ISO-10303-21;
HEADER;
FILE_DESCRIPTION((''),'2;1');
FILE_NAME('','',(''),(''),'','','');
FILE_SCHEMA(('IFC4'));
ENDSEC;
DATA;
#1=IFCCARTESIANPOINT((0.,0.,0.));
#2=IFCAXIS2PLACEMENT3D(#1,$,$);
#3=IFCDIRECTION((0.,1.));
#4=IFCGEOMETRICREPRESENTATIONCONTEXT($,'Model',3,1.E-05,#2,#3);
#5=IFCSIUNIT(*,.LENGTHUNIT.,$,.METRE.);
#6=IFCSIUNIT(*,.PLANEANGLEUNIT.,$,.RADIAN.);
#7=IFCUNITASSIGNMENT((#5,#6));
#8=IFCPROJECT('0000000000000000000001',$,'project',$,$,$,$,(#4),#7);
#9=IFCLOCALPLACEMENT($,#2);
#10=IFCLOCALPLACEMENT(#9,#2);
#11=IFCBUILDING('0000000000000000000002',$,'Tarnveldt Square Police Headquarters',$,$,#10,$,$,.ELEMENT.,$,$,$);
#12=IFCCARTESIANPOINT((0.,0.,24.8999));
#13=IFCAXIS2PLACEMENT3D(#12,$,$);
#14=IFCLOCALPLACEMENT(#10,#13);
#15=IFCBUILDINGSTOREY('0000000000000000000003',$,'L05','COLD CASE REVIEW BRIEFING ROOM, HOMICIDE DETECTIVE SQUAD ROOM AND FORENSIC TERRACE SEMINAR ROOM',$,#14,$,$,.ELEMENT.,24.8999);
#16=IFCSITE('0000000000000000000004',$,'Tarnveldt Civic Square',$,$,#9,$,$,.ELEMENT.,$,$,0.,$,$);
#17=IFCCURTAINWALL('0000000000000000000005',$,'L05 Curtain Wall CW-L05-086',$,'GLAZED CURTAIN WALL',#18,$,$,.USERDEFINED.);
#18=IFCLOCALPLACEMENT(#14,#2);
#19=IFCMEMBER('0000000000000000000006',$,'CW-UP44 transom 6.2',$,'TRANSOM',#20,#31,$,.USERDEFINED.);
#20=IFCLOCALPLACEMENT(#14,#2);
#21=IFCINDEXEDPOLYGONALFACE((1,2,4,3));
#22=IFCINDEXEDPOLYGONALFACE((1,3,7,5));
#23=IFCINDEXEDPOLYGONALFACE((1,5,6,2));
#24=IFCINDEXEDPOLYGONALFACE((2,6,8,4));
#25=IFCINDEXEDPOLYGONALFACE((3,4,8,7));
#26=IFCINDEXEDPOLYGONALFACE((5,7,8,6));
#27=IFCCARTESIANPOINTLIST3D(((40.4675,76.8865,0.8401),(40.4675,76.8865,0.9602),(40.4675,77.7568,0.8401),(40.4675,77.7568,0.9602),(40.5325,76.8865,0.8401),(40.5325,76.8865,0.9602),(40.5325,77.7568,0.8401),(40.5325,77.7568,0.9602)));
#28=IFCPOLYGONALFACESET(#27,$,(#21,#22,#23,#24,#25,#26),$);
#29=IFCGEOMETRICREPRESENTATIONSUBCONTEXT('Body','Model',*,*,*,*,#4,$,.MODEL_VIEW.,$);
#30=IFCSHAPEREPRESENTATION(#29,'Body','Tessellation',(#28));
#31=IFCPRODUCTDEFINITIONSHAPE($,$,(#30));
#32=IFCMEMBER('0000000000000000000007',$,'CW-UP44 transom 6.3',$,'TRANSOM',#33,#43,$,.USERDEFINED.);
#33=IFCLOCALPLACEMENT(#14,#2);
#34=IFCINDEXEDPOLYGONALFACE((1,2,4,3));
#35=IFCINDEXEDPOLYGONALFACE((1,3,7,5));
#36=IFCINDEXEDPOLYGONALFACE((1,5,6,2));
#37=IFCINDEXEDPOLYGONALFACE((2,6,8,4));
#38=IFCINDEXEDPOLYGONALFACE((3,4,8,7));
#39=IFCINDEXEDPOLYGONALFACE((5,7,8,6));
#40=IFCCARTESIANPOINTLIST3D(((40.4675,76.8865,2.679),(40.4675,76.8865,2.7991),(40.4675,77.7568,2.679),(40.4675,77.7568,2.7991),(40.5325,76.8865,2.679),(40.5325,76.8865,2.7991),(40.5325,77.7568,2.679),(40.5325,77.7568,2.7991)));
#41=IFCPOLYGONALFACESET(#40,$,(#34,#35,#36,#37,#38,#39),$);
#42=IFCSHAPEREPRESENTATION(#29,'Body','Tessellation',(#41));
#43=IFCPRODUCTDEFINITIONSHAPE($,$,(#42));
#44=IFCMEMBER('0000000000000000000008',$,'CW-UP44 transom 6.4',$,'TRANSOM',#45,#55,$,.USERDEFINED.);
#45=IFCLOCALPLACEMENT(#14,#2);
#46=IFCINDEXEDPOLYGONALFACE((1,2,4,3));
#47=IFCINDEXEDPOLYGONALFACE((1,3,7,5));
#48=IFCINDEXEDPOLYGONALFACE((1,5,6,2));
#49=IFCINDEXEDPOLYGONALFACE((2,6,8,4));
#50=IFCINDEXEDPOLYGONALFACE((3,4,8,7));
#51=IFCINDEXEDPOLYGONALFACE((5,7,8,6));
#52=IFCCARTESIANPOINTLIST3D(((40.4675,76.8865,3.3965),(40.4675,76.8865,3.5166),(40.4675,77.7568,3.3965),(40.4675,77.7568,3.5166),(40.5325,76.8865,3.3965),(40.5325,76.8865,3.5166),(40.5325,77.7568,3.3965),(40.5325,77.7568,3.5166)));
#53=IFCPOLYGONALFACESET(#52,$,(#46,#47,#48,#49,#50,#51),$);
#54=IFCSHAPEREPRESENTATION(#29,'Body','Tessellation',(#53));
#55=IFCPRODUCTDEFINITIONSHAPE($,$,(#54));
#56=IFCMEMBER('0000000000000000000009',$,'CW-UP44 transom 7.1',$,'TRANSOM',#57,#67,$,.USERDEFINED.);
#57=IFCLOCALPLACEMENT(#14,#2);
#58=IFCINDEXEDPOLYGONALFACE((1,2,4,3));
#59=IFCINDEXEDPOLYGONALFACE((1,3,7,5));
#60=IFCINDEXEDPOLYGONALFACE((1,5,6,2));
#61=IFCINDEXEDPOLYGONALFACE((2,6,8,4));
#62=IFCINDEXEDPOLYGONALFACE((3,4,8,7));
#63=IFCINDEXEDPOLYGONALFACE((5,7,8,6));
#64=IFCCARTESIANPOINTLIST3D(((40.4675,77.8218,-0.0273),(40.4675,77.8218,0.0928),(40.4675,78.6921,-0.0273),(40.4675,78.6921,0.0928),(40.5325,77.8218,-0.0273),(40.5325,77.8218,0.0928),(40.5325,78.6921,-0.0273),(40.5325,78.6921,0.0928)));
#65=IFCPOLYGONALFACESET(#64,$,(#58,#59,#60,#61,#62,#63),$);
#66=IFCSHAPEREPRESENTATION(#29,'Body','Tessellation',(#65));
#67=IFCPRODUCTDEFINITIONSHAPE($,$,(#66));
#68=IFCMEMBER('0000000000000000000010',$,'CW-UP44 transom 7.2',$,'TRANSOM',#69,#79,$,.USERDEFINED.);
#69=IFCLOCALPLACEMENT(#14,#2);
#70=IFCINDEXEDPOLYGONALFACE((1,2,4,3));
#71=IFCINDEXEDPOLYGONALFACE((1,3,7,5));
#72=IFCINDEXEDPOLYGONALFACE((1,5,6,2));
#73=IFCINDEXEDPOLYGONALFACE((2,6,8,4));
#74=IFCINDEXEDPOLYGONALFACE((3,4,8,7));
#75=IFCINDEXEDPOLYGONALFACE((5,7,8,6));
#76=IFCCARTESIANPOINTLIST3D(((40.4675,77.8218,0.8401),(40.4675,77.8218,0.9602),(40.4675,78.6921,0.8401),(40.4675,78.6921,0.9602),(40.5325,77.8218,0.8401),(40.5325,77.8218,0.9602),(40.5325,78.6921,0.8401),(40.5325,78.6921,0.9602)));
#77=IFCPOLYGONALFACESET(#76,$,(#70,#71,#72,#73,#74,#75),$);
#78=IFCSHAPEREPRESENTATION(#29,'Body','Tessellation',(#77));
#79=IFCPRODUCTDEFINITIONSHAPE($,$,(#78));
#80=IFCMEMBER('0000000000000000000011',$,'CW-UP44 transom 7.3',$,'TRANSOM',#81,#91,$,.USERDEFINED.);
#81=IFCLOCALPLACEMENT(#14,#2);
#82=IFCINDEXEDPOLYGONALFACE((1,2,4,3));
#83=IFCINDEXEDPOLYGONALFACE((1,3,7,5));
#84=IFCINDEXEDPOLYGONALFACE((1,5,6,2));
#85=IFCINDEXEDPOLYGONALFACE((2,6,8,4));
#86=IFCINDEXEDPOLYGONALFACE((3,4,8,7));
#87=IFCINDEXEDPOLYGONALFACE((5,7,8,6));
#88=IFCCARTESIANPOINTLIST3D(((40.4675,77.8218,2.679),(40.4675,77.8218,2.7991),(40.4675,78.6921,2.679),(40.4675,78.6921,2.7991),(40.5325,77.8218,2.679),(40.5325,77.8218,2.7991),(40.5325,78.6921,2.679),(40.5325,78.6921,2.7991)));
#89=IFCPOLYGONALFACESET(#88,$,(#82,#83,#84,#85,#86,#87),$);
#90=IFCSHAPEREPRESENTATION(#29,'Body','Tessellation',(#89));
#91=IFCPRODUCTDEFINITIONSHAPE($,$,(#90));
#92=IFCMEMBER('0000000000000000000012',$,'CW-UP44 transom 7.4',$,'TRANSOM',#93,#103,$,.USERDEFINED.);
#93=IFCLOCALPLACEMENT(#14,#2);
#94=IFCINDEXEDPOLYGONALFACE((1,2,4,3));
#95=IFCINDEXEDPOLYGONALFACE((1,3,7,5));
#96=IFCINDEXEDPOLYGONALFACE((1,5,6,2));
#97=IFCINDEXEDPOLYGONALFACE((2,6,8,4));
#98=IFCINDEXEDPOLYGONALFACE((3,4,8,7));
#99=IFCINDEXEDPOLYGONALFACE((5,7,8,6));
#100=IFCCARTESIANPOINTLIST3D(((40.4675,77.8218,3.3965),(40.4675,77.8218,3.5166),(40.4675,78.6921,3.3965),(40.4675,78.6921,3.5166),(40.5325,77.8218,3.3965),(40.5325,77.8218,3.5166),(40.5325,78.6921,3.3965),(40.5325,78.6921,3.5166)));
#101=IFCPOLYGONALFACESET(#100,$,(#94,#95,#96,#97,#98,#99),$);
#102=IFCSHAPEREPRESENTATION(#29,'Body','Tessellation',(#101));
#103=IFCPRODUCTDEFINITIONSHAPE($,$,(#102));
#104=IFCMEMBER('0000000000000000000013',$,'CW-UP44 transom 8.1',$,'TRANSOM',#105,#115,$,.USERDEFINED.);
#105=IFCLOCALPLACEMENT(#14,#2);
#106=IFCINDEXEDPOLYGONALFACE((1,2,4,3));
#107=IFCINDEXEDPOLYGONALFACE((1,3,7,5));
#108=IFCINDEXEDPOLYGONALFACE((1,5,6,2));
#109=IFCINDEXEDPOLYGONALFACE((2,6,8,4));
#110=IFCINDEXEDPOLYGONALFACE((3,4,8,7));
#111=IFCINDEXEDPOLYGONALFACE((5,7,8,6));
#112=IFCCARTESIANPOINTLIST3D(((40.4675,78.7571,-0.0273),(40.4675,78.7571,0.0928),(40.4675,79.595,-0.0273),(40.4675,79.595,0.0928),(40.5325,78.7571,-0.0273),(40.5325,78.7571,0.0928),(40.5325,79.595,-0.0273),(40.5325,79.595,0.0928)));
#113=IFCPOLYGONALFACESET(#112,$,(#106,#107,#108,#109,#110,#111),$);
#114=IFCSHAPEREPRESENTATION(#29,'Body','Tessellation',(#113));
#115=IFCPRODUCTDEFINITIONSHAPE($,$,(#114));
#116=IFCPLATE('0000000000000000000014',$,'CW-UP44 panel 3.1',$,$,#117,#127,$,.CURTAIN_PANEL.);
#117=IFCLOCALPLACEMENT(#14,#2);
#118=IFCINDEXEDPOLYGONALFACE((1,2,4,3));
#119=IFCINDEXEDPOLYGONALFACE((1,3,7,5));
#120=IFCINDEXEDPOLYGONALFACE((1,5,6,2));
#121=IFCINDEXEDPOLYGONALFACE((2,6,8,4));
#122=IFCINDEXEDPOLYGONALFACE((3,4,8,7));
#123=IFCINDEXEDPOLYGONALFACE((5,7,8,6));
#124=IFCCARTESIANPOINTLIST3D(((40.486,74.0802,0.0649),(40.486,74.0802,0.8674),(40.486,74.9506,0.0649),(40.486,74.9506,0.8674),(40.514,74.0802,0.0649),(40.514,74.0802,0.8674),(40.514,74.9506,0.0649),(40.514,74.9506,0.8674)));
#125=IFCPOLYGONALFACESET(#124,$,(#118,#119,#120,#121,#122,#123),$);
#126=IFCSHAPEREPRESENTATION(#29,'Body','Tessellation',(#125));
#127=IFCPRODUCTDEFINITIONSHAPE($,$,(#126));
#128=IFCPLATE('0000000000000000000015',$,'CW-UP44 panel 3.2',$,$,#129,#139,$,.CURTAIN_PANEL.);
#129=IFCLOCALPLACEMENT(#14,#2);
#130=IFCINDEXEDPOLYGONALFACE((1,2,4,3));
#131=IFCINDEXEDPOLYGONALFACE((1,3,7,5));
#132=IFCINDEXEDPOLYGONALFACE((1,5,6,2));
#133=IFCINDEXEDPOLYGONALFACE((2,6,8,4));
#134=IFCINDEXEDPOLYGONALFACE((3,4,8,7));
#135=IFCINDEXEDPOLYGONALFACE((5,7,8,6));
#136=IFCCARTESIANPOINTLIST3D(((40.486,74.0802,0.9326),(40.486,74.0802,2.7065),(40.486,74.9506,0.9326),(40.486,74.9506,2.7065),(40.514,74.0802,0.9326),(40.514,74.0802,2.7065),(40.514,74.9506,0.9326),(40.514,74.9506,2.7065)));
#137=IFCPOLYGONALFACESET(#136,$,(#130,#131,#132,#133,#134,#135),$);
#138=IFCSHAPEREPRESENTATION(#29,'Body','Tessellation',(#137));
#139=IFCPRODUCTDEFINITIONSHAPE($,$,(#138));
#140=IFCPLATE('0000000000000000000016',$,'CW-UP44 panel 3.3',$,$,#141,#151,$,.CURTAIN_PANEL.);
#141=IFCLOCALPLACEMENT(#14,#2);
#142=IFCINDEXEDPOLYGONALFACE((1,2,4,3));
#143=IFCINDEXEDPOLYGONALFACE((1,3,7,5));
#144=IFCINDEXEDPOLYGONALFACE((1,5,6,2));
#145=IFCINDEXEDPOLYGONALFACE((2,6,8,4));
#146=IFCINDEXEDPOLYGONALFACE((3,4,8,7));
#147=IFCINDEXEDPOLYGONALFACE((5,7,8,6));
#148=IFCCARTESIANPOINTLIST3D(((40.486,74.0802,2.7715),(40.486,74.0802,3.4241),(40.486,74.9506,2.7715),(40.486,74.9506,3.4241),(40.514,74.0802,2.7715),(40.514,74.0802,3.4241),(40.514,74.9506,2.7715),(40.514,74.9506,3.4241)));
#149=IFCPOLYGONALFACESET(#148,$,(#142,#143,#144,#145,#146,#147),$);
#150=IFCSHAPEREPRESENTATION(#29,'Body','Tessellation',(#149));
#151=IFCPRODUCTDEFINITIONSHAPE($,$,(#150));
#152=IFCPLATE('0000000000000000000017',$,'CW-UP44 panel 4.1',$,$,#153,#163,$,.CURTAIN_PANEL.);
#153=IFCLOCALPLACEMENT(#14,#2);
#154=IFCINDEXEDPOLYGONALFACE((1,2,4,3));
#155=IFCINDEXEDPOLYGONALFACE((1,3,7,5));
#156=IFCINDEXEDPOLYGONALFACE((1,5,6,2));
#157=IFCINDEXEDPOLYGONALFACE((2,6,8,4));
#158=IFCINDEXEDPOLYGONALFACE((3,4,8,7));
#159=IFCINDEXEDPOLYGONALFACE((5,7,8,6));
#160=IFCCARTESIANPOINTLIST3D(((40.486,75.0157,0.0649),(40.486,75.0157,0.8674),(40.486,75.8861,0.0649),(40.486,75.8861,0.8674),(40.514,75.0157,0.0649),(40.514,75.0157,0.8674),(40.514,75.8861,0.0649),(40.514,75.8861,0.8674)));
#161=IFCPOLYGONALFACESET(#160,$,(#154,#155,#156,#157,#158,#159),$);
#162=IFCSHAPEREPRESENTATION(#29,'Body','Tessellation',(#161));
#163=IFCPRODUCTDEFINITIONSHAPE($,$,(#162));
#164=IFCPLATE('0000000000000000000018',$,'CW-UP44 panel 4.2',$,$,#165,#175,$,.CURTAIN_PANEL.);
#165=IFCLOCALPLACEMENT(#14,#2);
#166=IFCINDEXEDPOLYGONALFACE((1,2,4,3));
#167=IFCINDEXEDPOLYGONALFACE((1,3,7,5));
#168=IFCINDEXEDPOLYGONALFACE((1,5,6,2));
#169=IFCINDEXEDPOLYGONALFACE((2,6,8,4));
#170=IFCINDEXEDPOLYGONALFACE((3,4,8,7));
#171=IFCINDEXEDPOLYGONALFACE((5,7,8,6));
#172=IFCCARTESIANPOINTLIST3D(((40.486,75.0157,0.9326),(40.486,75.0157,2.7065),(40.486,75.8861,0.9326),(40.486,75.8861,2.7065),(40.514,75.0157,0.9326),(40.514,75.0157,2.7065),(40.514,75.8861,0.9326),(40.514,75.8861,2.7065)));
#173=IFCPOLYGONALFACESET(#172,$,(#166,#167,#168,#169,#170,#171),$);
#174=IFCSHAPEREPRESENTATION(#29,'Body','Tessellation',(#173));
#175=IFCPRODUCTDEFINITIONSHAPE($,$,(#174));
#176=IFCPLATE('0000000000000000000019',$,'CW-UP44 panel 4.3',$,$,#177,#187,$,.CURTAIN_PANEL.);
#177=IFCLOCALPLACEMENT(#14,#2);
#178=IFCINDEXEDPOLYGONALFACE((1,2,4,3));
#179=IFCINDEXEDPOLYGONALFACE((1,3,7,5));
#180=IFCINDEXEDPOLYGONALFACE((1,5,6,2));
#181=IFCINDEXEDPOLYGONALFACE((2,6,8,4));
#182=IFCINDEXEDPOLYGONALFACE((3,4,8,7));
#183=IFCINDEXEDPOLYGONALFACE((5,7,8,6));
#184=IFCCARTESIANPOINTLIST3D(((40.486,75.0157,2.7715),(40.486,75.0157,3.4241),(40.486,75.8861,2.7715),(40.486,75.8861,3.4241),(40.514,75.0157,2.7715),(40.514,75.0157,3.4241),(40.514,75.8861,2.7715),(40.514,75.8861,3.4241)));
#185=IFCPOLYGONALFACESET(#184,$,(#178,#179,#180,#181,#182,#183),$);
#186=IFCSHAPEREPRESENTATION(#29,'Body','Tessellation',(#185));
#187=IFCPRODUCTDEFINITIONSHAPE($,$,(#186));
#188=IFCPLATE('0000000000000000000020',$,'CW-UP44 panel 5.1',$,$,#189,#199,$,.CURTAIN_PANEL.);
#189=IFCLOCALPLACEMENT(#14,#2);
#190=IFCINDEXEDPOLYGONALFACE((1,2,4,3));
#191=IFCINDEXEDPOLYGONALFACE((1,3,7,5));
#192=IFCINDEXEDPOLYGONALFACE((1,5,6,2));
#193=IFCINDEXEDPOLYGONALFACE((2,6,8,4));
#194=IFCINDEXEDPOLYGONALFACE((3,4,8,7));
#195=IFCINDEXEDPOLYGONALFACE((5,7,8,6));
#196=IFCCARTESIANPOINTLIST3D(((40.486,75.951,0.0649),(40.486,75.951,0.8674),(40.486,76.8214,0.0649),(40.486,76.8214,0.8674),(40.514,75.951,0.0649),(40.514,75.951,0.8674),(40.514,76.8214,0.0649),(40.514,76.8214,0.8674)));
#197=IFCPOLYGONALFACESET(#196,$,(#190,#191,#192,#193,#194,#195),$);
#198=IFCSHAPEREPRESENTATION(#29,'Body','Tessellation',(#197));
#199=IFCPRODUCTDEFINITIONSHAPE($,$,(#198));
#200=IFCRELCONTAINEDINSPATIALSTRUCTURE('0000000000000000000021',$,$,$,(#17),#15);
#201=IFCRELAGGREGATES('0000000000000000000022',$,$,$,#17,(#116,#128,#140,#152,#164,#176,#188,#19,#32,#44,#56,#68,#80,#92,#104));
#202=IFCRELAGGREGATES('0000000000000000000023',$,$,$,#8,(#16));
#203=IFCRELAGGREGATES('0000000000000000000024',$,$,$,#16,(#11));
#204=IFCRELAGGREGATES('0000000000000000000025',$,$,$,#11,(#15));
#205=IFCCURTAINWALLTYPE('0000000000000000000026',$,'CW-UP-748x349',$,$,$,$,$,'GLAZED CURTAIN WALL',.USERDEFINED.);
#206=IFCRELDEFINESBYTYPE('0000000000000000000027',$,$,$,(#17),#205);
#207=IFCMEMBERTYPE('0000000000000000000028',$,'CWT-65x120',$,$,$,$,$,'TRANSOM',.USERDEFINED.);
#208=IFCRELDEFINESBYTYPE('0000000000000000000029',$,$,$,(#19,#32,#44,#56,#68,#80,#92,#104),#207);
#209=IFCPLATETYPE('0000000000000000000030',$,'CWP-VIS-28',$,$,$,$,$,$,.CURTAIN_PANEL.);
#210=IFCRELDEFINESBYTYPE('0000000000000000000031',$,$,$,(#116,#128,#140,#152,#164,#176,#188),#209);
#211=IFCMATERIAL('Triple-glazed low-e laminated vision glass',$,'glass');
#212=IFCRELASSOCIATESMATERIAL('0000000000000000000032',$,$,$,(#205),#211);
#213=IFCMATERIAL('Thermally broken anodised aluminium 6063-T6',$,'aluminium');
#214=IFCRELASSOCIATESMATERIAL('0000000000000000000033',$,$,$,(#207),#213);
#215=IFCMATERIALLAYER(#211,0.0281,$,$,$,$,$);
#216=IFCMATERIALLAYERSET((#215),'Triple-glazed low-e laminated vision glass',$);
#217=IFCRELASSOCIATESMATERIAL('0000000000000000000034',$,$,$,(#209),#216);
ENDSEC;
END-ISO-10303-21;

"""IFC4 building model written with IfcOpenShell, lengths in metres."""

from ifc_helpers import new_model, si_unit, direction, frame, origin, origin_2d, place, context, subcontext, project, spatial, rectangle, extrude, material, layer, layer_set, material_profile, profile_set, type_object, element, aggregate, save


model = new_model("IFC4")

# Units and contexts
model_context = context("Model", 3, precision=1e-05, world=origin(), true_north=direction((0.0, 1.0)))
body_context = subcontext(model_context, "Body", "Model", "MODEL_VIEW")
ifc_project = project(units=[si_unit("LENGTHUNIT", "METRE"), si_unit("PLANEANGLEUNIT", "RADIAN")], contexts=[model_context])

# Site, building, storey
site_placement = place(None, origin())
site = spatial("IfcSite", under=ifc_project, at=site_placement, Name="Tarnveldt Civic Square", CompositionType="ELEMENT", RefElevation=0.0)
building_placement = place(site_placement, origin())
building = spatial("IfcBuilding", under=site, at=building_placement, Name="Tarnveldt Square Police Headquarters", CompositionType="ELEMENT")
storey_placement = place(building_placement, frame((0.0, 0.0, 24.8999)))
storey = spatial("IfcBuildingStorey", under=building, at=storey_placement, Name="L05", Description="COLD CASE REVIEW BRIEFING ROOM, HOMICIDE DETECTIVE SQUAD ROOM AND FORENSIC TERRACE SEMINAR ROOM", CompositionType="ELEMENT", Elevation=24.8999)

# Curtain wall, members, plates
ifc_material_1 = material(Name="Triple-glazed low-e laminated vision glass", Category="glass")
curtain_wall_type = type_object("IfcCurtainWallType", Name="CW-UP-748x349", ElementType="GLAZED CURTAIN WALL", PredefinedType="USERDEFINED", material=ifc_material_1)
curtain_wall_placement = place(storey_placement, origin())
curtain_wall = element("IfcCurtainWall", 1, at=curtain_wall_placement, inside=storey, type_object=curtain_wall_type, Name="L05 Curtain Wall CW-L05-086", ObjectType="GLAZED CURTAIN WALL", PredefinedType="USERDEFINED")
ifc_material_2 = material(Name="Thermally broken anodised aluminium 6063-T6", Category="aluminium")
ifc_material_profile_1 = material_profile(ifc_material_2, rectangle(XDim=0.0649, YDim=0.1201, at=origin_2d()), Name="CW-T65x120")
ifc_profile_set_1 = profile_set([ifc_material_profile_1], Name="Thermally broken anodised aluminium 6063-T6")
member_type_1 = type_object("IfcMemberType", Name="CWT-65x120", ElementType="TRANSOM", PredefinedType="USERDEFINED", material=ifc_profile_set_1)
member_1_placement = place(storey_placement, frame((40.5, 76.8865, 0.9001), z_axis=(0.0, 1.0, 0.0), x_axis=(-1.0, 0.0, 0.0)))
member_1 = element("IfcMember", 2, at=member_1_placement, type_object=member_type_1, Name="CW-UP44 transom 6.2", ObjectType="TRANSOM", PredefinedType="USERDEFINED", context=body_context, shape_type="SweptSolid", body=[
    extrude(rectangle(XDim=0.0649, YDim=0.1201, at=origin_2d()), origin(), (0.0, 0.0, 1.0), 0.8704),
])
member_2_placement = place(storey_placement, frame((40.5, 76.8865, 2.739), z_axis=(0.0, 1.0, 0.0), x_axis=(-1.0, 0.0, 0.0)))
member_2 = element("IfcMember", 3, at=member_2_placement, type_object=member_type_1, Name="CW-UP44 transom 6.3", ObjectType="TRANSOM", PredefinedType="USERDEFINED", context=body_context, shape_type="SweptSolid", body=[
    extrude(rectangle(XDim=0.0649, YDim=0.1201, at=origin_2d()), origin(), (0.0, 0.0, 1.0), 0.8704),
])
member_3_placement = place(storey_placement, frame((40.5, 76.8865, 3.4565), z_axis=(0.0, 1.0, 0.0), x_axis=(-1.0, 0.0, 0.0)))
member_3 = element("IfcMember", 4, at=member_3_placement, type_object=member_type_1, Name="CW-UP44 transom 6.4", ObjectType="TRANSOM", PredefinedType="USERDEFINED", context=body_context, shape_type="SweptSolid", body=[
    extrude(rectangle(XDim=0.0649, YDim=0.1201, at=origin_2d()), origin(), (0.0, 0.0, 1.0), 0.8704),
])
member_4_placement = place(storey_placement, frame((40.5, 77.8218, 0.0327), z_axis=(0.0, 1.0, 0.0), x_axis=(-1.0, 0.0, 0.0)))
member_4 = element("IfcMember", 5, at=member_4_placement, type_object=member_type_1, Name="CW-UP44 transom 7.1", ObjectType="TRANSOM", PredefinedType="USERDEFINED", context=body_context, shape_type="SweptSolid", body=[
    extrude(rectangle(XDim=0.0649, YDim=0.1201, at=origin_2d()), origin(), (0.0, 0.0, 1.0), 0.8704),
])
member_5_placement = place(storey_placement, frame((40.5, 77.8218, 0.9001), z_axis=(0.0, 1.0, 0.0), x_axis=(-1.0, 0.0, 0.0)))
member_5 = element("IfcMember", 6, at=member_5_placement, type_object=member_type_1, Name="CW-UP44 transom 7.2", ObjectType="TRANSOM", PredefinedType="USERDEFINED", context=body_context, shape_type="SweptSolid", body=[
    extrude(rectangle(XDim=0.0649, YDim=0.1201, at=origin_2d()), origin(), (0.0, 0.0, 1.0), 0.8704),
])
member_6_placement = place(storey_placement, frame((40.5, 77.8218, 2.739), z_axis=(0.0, 1.0, 0.0), x_axis=(-1.0, 0.0, 0.0)))
member_6 = element("IfcMember", 7, at=member_6_placement, type_object=member_type_1, Name="CW-UP44 transom 7.3", ObjectType="TRANSOM", PredefinedType="USERDEFINED", context=body_context, shape_type="SweptSolid", body=[
    extrude(rectangle(XDim=0.0649, YDim=0.1201, at=origin_2d()), origin(), (0.0, 0.0, 1.0), 0.8704),
])
member_7_placement = place(storey_placement, frame((40.5, 77.8218, 3.4565), z_axis=(0.0, 1.0, 0.0), x_axis=(-1.0, 0.0, 0.0)))
member_7 = element("IfcMember", 8, at=member_7_placement, type_object=member_type_1, Name="CW-UP44 transom 7.4", ObjectType="TRANSOM", PredefinedType="USERDEFINED", context=body_context, shape_type="SweptSolid", body=[
    extrude(rectangle(XDim=0.0649, YDim=0.1201, at=origin_2d()), origin(), (0.0, 0.0, 1.0), 0.8704),
])
member_8_placement = place(storey_placement, frame((40.5, 78.7571, 0.0327), z_axis=(0.0, 1.0, 0.0), x_axis=(-1.0, 0.0, 0.0)))
member_8 = element("IfcMember", 9, at=member_8_placement, type_object=member_type_1, Name="CW-UP44 transom 8.1", ObjectType="TRANSOM", PredefinedType="USERDEFINED", context=body_context, shape_type="SweptSolid", body=[
    extrude(rectangle(XDim=0.0649, YDim=0.1201, at=origin_2d()), origin(), (0.0, 0.0, 1.0), 0.8379),
])
ifc_layer = layer(ifc_material_1, 0.0281)
ifc_layer_set = layer_set([ifc_layer], Name="Triple-glazed low-e laminated vision glass")
plate_type = type_object("IfcPlateType", Name="CWP-VIS-28", PredefinedType="CURTAIN_PANEL", material=ifc_layer_set)
plate_1_placement = place(storey_placement, frame((40.5, 74.5154, 0.0649), z_axis=(0.0, 0.0, 1.0), x_axis=(0.0, 1.0, 0.0)))
plate_1 = element("IfcPlate", 10, at=plate_1_placement, type_object=plate_type, Name="CW-UP44 panel 3.1", PredefinedType="CURTAIN_PANEL", context=body_context, shape_type="SweptSolid", body=[
    extrude(rectangle(XDim=0.8704, YDim=0.0281, at=origin_2d()), origin(), (0.0, 0.0, 1.0), 0.8025),
])
plate_2_placement = place(storey_placement, frame((40.5, 74.5154, 0.9326), z_axis=(0.0, 0.0, 1.0), x_axis=(0.0, 1.0, 0.0)))
plate_2 = element("IfcPlate", 11, at=plate_2_placement, type_object=plate_type, Name="CW-UP44 panel 3.2", PredefinedType="CURTAIN_PANEL", context=body_context, shape_type="SweptSolid", body=[
    extrude(rectangle(XDim=0.8704, YDim=0.0281, at=origin_2d()), origin(), (0.0, 0.0, 1.0), 1.7739),
])
plate_3_placement = place(storey_placement, frame((40.5, 74.5154, 2.7715), z_axis=(0.0, 0.0, 1.0), x_axis=(0.0, 1.0, 0.0)))
plate_3 = element("IfcPlate", 12, at=plate_3_placement, type_object=plate_type, Name="CW-UP44 panel 3.3", PredefinedType="CURTAIN_PANEL", context=body_context, shape_type="SweptSolid", body=[
    extrude(rectangle(XDim=0.8704, YDim=0.0281, at=origin_2d()), origin(), (0.0, 0.0, 1.0), 0.6526),
])
plate_4_placement = place(storey_placement, frame((40.5, 75.4509, 0.0649), z_axis=(0.0, 0.0, 1.0), x_axis=(0.0, 1.0, 0.0)))
plate_4 = element("IfcPlate", 13, at=plate_4_placement, type_object=plate_type, Name="CW-UP44 panel 4.1", PredefinedType="CURTAIN_PANEL", context=body_context, shape_type="SweptSolid", body=[
    extrude(rectangle(XDim=0.8704, YDim=0.0281, at=origin_2d()), origin(), (0.0, 0.0, 1.0), 0.8025),
])
plate_5_placement = place(storey_placement, frame((40.5, 75.4509, 0.9326), z_axis=(0.0, 0.0, 1.0), x_axis=(0.0, 1.0, 0.0)))
plate_5 = element("IfcPlate", 14, at=plate_5_placement, type_object=plate_type, Name="CW-UP44 panel 4.2", PredefinedType="CURTAIN_PANEL", context=body_context, shape_type="SweptSolid", body=[
    extrude(rectangle(XDim=0.8704, YDim=0.0281, at=origin_2d()), origin(), (0.0, 0.0, 1.0), 1.7739),
])
plate_6_placement = place(storey_placement, frame((40.5, 75.4509, 2.7715), z_axis=(0.0, 0.0, 1.0), x_axis=(0.0, 1.0, 0.0)))
plate_6 = element("IfcPlate", 15, at=plate_6_placement, type_object=plate_type, Name="CW-UP44 panel 4.3", PredefinedType="CURTAIN_PANEL", context=body_context, shape_type="SweptSolid", body=[
    extrude(rectangle(XDim=0.8704, YDim=0.0281, at=origin_2d()), origin(), (0.0, 0.0, 1.0), 0.6526),
])
plate_7_placement = place(storey_placement, frame((40.5, 76.3862, 0.0649), z_axis=(0.0, 0.0, 1.0), x_axis=(0.0, 1.0, 0.0)))
plate_7 = element("IfcPlate", 16, at=plate_7_placement, type_object=plate_type, Name="CW-UP44 panel 5.1", PredefinedType="CURTAIN_PANEL", context=body_context, shape_type="SweptSolid", body=[
    extrude(rectangle(XDim=0.8704, YDim=0.0281, at=origin_2d()), origin(), (0.0, 0.0, 1.0), 0.8025),
])
aggregate(curtain_wall, [plate_1, plate_2, plate_3, plate_4, plate_5, plate_6, plate_7, member_1, member_2, member_3, member_4, member_5, member_6, member_7, member_8])

save(model, "model.ifc")
